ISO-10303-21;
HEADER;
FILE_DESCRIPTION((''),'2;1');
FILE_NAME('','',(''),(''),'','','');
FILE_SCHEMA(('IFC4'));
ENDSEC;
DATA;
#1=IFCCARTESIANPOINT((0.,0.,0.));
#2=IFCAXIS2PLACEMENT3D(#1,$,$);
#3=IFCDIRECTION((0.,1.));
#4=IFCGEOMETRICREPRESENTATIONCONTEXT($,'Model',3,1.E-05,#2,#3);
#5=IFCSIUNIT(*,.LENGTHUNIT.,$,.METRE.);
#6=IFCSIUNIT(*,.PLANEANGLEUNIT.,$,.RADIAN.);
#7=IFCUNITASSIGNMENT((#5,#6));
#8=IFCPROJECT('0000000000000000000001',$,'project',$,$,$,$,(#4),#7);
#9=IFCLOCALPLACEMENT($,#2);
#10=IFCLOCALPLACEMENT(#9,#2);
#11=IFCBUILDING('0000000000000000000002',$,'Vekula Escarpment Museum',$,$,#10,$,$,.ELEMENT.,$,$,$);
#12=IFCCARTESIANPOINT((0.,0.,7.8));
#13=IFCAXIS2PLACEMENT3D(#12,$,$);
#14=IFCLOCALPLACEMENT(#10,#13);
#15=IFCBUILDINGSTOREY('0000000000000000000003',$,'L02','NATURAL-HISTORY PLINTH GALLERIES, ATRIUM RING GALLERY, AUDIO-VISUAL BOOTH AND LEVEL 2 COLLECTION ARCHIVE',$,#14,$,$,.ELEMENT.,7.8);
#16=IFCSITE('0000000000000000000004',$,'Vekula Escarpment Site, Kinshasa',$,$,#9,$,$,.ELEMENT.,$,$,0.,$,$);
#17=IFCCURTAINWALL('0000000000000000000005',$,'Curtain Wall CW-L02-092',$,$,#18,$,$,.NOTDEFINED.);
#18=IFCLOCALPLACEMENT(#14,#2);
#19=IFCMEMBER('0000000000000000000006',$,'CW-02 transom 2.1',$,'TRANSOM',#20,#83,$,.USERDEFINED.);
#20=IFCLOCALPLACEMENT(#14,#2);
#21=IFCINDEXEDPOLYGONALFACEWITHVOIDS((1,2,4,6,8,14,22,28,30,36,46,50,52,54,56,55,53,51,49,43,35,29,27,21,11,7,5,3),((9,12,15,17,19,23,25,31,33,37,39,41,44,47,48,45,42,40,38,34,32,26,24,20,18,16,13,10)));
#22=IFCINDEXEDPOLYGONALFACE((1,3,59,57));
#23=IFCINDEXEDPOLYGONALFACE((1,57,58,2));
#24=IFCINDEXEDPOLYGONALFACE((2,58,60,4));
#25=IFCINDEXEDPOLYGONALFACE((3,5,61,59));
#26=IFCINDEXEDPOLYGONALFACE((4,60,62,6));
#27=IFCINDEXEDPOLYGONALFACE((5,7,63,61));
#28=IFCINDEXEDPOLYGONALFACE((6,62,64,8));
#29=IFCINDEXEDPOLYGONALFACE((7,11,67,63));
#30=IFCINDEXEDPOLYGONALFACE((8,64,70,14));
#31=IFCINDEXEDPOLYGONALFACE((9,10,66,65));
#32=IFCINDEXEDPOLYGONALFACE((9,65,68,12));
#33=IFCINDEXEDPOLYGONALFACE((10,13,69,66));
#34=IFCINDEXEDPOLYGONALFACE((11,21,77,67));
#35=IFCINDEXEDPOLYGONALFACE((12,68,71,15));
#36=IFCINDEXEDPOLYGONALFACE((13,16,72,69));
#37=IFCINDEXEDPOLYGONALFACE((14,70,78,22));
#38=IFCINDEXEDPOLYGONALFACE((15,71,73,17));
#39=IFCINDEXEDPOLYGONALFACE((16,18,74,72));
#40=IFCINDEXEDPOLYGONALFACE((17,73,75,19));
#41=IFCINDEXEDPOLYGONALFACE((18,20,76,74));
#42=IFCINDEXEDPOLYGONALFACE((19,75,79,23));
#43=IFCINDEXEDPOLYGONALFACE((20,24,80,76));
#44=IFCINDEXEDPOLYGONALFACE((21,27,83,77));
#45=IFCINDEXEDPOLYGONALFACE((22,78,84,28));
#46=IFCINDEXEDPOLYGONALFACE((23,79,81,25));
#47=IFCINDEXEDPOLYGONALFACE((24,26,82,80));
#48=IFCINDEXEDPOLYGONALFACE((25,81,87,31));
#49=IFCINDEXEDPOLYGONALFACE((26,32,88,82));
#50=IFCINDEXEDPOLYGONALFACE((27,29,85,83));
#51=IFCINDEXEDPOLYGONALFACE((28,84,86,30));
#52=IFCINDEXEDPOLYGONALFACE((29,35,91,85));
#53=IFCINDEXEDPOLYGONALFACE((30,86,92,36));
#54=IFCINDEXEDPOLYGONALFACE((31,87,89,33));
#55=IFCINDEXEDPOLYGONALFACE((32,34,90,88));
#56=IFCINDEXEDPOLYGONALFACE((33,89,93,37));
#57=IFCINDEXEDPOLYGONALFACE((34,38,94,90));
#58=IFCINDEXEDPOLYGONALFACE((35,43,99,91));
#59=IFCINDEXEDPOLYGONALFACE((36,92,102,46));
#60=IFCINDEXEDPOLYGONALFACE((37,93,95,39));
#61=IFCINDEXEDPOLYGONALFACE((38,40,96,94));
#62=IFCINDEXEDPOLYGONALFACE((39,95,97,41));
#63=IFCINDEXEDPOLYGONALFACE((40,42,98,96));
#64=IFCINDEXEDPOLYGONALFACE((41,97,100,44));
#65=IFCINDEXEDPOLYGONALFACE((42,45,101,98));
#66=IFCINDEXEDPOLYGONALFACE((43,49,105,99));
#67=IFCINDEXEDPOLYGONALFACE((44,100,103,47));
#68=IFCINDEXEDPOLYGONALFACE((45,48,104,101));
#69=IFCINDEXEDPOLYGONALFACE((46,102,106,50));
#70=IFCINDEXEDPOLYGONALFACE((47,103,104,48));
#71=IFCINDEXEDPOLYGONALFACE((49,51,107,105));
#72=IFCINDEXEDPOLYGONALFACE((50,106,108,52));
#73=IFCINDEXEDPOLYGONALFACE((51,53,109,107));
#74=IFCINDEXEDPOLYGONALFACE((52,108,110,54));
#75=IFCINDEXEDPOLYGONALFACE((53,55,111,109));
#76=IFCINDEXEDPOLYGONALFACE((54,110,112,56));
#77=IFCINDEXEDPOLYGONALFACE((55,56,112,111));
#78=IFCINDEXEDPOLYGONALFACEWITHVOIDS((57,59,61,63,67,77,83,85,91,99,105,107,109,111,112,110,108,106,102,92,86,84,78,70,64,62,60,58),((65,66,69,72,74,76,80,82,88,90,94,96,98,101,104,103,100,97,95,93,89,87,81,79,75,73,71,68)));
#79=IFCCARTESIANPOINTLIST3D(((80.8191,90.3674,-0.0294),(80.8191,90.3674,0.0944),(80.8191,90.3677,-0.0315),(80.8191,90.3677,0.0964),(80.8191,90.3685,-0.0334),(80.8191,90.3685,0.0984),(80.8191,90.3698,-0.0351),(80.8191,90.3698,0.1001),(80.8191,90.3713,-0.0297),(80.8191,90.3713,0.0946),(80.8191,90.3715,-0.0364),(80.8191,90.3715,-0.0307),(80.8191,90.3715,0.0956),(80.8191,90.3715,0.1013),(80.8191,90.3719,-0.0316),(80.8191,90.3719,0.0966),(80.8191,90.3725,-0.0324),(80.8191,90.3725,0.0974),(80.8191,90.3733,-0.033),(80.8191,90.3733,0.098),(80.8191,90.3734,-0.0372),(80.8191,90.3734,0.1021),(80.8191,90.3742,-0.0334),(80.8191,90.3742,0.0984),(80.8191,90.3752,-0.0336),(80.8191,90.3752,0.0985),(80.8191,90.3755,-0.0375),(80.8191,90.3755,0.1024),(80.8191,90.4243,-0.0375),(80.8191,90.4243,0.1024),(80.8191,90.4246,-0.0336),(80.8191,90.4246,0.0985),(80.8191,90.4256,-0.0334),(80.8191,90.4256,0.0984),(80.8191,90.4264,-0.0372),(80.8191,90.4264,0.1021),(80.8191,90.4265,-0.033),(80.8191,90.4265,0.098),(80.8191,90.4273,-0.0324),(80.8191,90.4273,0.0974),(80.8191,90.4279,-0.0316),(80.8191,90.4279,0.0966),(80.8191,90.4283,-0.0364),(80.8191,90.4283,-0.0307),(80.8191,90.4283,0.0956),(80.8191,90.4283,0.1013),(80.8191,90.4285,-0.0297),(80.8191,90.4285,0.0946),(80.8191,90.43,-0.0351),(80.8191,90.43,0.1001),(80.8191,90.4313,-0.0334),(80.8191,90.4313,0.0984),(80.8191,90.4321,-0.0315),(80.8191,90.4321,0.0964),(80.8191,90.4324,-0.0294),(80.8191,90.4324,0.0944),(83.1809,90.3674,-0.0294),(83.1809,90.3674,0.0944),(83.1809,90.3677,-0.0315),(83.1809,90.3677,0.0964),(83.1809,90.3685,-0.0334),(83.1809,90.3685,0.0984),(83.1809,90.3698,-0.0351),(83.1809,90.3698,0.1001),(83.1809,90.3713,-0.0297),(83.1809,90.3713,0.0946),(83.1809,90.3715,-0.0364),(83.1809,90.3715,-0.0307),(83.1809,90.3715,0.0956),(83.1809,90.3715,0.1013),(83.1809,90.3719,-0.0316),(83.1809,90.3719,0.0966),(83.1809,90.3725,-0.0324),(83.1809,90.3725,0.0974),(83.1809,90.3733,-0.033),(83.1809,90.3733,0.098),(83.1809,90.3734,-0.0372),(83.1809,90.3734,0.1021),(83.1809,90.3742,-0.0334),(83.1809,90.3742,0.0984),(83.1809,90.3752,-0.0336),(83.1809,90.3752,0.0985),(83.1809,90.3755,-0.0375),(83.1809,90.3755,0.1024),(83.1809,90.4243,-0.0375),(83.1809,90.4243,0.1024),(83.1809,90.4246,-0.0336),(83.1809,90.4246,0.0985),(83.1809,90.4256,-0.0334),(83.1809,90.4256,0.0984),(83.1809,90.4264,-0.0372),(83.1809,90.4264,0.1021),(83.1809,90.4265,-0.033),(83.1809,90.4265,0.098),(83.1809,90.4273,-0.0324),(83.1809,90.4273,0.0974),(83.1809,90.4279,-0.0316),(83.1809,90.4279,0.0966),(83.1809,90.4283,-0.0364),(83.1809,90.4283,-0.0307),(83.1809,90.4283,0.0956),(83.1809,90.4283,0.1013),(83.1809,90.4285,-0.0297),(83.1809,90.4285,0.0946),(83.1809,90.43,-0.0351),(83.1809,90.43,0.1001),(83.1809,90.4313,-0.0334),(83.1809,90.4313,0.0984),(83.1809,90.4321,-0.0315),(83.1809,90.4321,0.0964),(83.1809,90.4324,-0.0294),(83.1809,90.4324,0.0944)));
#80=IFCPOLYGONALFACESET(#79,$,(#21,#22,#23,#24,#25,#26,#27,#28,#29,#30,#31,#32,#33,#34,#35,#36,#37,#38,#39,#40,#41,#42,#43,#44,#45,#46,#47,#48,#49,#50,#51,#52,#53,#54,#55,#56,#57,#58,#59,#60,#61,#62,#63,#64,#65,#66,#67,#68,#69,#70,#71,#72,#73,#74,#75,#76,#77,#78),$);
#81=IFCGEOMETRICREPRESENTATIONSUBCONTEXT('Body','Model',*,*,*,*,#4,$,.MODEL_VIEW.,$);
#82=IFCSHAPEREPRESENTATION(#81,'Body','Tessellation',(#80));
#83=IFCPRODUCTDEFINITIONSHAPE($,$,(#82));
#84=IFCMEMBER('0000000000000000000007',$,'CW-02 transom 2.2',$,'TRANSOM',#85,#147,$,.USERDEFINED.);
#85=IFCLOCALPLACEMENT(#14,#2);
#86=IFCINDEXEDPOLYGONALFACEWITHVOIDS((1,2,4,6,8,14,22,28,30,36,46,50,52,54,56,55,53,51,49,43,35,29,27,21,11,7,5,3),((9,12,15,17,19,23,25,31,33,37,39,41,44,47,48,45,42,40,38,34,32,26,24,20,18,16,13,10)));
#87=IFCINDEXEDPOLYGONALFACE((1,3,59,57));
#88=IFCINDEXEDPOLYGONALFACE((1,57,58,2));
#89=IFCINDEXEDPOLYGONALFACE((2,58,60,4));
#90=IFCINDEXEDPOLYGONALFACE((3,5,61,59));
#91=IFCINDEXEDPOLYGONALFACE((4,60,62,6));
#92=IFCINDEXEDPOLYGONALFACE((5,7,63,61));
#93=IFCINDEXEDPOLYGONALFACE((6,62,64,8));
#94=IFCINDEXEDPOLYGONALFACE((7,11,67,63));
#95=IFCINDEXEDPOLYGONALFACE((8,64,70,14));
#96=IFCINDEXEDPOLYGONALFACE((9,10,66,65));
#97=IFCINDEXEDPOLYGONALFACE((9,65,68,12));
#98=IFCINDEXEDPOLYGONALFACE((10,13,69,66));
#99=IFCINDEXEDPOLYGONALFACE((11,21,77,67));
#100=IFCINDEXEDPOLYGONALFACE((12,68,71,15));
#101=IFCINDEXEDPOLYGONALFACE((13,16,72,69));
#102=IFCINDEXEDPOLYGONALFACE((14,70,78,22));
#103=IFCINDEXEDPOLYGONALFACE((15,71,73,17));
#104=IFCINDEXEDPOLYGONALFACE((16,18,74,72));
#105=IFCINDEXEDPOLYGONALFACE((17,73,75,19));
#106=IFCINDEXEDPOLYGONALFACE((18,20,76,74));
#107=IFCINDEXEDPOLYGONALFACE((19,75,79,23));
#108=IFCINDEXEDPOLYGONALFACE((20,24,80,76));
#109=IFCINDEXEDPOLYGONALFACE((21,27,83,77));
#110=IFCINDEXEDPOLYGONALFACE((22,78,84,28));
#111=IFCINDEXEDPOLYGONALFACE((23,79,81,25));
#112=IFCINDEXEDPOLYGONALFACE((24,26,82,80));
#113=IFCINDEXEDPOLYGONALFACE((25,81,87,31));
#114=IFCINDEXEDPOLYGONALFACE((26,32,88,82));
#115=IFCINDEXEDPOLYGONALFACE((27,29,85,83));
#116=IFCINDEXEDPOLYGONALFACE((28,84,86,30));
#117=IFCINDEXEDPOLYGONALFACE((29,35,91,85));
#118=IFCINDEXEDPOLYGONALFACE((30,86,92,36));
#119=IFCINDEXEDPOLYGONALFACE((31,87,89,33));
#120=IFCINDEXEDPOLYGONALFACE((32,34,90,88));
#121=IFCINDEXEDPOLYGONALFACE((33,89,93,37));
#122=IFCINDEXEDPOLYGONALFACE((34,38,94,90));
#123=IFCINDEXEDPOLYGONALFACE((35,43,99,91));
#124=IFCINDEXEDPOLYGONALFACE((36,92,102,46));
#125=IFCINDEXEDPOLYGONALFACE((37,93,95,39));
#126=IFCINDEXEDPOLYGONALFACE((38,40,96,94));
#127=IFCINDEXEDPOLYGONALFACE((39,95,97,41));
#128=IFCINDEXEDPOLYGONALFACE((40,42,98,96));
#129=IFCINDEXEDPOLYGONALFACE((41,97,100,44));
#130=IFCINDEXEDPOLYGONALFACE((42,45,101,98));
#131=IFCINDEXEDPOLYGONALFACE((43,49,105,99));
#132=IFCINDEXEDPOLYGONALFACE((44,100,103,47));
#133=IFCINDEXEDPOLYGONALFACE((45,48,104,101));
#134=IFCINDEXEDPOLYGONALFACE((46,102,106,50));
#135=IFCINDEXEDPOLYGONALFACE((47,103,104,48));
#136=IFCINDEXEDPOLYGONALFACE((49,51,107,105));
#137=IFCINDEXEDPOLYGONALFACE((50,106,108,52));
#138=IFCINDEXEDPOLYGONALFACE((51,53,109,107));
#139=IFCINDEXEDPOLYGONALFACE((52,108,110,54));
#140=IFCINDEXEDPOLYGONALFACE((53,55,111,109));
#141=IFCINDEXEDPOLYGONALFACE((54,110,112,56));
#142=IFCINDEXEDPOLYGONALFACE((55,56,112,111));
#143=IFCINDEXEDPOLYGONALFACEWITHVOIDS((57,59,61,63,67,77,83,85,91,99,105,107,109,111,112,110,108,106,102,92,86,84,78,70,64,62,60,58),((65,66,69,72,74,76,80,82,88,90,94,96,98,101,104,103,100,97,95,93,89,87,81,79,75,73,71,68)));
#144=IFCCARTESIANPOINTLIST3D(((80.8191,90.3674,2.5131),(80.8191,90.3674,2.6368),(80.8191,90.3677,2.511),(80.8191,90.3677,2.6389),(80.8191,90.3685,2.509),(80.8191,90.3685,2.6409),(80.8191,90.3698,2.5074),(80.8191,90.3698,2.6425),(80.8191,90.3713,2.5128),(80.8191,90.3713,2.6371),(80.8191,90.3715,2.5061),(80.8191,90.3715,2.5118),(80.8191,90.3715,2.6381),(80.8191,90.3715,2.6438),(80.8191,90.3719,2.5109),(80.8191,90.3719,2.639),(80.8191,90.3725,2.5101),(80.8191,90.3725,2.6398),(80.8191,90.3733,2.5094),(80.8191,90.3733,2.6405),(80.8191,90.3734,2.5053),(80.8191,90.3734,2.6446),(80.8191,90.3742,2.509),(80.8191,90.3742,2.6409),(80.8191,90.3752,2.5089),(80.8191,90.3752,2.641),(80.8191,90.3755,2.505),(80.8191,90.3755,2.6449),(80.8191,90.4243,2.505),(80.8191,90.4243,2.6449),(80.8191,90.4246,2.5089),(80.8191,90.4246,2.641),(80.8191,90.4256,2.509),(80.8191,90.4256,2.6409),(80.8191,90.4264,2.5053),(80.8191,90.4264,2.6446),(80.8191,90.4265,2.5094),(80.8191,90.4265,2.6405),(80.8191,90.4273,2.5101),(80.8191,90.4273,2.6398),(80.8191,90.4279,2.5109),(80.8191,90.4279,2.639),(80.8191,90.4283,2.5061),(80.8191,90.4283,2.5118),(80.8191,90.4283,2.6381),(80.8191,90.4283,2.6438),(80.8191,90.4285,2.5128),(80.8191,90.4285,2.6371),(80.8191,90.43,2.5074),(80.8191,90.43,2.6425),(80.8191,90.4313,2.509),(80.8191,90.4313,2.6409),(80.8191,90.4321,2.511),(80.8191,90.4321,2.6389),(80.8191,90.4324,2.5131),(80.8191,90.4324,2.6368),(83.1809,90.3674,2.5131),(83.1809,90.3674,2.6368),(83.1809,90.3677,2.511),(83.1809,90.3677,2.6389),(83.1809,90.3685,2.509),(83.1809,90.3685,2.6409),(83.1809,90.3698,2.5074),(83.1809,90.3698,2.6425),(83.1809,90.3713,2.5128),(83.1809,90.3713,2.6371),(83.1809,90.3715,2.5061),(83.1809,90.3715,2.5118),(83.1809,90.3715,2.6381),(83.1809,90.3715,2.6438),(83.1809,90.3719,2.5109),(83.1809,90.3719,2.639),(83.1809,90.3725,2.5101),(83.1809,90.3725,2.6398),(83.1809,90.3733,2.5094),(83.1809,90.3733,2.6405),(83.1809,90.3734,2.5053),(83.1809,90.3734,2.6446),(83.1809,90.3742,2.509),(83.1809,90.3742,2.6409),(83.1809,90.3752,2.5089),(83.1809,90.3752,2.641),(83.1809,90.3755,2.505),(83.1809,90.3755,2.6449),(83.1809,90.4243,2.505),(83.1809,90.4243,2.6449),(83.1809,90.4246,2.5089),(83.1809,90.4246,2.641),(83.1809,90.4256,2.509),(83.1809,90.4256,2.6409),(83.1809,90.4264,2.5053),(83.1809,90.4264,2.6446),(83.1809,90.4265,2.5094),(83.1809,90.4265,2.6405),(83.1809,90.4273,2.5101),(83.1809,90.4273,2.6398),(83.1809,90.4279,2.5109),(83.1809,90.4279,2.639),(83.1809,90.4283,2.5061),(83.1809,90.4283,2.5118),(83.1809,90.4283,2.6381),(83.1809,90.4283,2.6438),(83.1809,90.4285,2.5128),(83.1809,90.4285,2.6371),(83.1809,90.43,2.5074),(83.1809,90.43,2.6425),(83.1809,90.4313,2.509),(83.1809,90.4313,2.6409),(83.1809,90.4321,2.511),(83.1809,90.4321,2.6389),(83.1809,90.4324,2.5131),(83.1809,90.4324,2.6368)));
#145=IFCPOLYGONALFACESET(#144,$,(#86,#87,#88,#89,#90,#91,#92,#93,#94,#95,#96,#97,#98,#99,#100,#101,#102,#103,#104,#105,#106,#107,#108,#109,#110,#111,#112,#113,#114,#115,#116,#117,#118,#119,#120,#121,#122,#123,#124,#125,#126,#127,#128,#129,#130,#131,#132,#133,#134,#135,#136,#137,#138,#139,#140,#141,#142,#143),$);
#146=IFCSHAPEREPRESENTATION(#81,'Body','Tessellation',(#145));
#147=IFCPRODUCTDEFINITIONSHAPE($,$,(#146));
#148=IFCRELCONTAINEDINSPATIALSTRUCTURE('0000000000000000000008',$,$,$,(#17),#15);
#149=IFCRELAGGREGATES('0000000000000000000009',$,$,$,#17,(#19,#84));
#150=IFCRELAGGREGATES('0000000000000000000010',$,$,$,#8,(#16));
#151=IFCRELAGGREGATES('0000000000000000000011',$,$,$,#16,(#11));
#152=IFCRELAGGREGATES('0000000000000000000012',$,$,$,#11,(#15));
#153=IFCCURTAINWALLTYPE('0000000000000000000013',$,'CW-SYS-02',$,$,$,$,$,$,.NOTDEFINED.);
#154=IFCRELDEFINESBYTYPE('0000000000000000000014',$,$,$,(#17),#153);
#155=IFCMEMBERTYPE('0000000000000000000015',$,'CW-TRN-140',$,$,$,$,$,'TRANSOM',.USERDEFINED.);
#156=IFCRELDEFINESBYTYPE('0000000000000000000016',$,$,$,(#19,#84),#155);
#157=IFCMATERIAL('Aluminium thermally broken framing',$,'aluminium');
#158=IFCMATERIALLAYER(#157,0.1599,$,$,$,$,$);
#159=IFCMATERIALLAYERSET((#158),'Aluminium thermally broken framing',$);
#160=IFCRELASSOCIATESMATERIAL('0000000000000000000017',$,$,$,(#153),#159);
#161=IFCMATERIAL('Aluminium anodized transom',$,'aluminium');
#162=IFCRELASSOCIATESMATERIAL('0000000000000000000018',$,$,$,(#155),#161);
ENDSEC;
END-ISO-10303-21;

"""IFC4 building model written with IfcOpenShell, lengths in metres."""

from ifc_helpers import new_model, si_unit, direction, frame, origin, origin_2d, place, context, subcontext, project, spatial, hollow_rectangle, extrude, material, layer, layer_set, material_profile, profile_set, type_object, element, aggregate, save


model = new_model("IFC4")

# Units and contexts
model_context = context("Model", 3, precision=1e-05, world=origin(), true_north=direction((0.0, 1.0)))
body_context = subcontext(model_context, "Body", "Model", "MODEL_VIEW")
ifc_project = project(units=[si_unit("LENGTHUNIT", "METRE"), si_unit("PLANEANGLEUNIT", "RADIAN")], contexts=[model_context])

# Site, building, storey
site_placement = place(None, origin())
site = spatial("IfcSite", under=ifc_project, at=site_placement, Name="Vekula Escarpment Site, Kinshasa", CompositionType="ELEMENT", RefElevation=0.0)
building_placement = place(site_placement, origin())
building = spatial("IfcBuilding", under=site, at=building_placement, Name="Vekula Escarpment Museum", CompositionType="ELEMENT")
storey_placement = place(building_placement, frame((0.0, 0.0, 7.8)))
storey = spatial("IfcBuildingStorey", under=building, at=storey_placement, Name="L02", Description="NATURAL-HISTORY PLINTH GALLERIES, ATRIUM RING GALLERY, AUDIO-VISUAL BOOTH AND LEVEL 2 COLLECTION ARCHIVE", CompositionType="ELEMENT", Elevation=7.8)

# Curtain wall, members
ifc_material_1 = material(Name="Aluminium thermally broken framing", Category="aluminium")
ifc_layer_1 = layer(ifc_material_1, 0.1599)
ifc_layer_set_1 = layer_set([ifc_layer_1], Name="Aluminium thermally broken framing")
curtain_wall_type_1 = type_object("IfcCurtainWallType", Name="CW-SYS-02", PredefinedType="NOTDEFINED", material=ifc_layer_set_1)
curtain_wall_1_placement = place(storey_placement, origin())
curtain_wall_1 = element("IfcCurtainWall", 1, at=curtain_wall_1_placement, inside=storey, type_object=curtain_wall_type_1, Name="Curtain Wall CW-L02-092", PredefinedType="NOTDEFINED")
ifc_material_2 = material(Name="Aluminium anodized transom", Category="aluminium")
ifc_material_profile_1 = material_profile(ifc_material_2, hollow_rectangle(XDim=0.0649, YDim=0.1399, WallThickness=0.0039, InnerFilletRadius=0.0039, OuterFilletRadius=0.0081, at=origin_2d()), Name="ALU 140x65x4")
ifc_profile_set_1 = profile_set([ifc_material_profile_1], Name="Aluminium anodized transom")
member_type_1 = type_object("IfcMemberType", Name="CW-TRN-140", ElementType="TRANSOM", PredefinedType="USERDEFINED", material=ifc_profile_set_1)
member_1_placement = place(storey_placement, frame((83.1809, 90.3999, 0.0325), z_axis=(-1.0, 0.0, 0.0), x_axis=(0.0, -1.0, 0.0)))
member_1 = element("IfcMember", 2, at=member_1_placement, type_object=member_type_1, Name="CW-02 transom 2.1", ObjectType="TRANSOM", PredefinedType="USERDEFINED", context=body_context, shape_type="SweptSolid", body=[
    extrude(hollow_rectangle(XDim=0.0649, YDim=0.1399, WallThickness=0.0039, InnerFilletRadius=0.0039, OuterFilletRadius=0.0081, at=origin_2d()), origin(), (0.0, 0.0, 1.0), 2.3618),
])
member_2_placement = place(storey_placement, frame((83.1809, 90.3999, 2.575), z_axis=(-1.0, 0.0, 0.0), x_axis=(0.0, -1.0, 0.0)))
member_2 = element("IfcMember", 3, at=member_2_placement, type_object=member_type_1, Name="CW-02 transom 2.2", ObjectType="TRANSOM", PredefinedType="USERDEFINED", context=body_context, shape_type="SweptSolid", body=[
    extrude(hollow_rectangle(XDim=0.0649, YDim=0.1399, WallThickness=0.0039, InnerFilletRadius=0.0039, OuterFilletRadius=0.0081, at=origin_2d()), origin(), (0.0, 0.0, 1.0), 2.3618),
])

aggregate(curtain_wall_1, [member_1, member_2])

save(model, "model.ifc")
